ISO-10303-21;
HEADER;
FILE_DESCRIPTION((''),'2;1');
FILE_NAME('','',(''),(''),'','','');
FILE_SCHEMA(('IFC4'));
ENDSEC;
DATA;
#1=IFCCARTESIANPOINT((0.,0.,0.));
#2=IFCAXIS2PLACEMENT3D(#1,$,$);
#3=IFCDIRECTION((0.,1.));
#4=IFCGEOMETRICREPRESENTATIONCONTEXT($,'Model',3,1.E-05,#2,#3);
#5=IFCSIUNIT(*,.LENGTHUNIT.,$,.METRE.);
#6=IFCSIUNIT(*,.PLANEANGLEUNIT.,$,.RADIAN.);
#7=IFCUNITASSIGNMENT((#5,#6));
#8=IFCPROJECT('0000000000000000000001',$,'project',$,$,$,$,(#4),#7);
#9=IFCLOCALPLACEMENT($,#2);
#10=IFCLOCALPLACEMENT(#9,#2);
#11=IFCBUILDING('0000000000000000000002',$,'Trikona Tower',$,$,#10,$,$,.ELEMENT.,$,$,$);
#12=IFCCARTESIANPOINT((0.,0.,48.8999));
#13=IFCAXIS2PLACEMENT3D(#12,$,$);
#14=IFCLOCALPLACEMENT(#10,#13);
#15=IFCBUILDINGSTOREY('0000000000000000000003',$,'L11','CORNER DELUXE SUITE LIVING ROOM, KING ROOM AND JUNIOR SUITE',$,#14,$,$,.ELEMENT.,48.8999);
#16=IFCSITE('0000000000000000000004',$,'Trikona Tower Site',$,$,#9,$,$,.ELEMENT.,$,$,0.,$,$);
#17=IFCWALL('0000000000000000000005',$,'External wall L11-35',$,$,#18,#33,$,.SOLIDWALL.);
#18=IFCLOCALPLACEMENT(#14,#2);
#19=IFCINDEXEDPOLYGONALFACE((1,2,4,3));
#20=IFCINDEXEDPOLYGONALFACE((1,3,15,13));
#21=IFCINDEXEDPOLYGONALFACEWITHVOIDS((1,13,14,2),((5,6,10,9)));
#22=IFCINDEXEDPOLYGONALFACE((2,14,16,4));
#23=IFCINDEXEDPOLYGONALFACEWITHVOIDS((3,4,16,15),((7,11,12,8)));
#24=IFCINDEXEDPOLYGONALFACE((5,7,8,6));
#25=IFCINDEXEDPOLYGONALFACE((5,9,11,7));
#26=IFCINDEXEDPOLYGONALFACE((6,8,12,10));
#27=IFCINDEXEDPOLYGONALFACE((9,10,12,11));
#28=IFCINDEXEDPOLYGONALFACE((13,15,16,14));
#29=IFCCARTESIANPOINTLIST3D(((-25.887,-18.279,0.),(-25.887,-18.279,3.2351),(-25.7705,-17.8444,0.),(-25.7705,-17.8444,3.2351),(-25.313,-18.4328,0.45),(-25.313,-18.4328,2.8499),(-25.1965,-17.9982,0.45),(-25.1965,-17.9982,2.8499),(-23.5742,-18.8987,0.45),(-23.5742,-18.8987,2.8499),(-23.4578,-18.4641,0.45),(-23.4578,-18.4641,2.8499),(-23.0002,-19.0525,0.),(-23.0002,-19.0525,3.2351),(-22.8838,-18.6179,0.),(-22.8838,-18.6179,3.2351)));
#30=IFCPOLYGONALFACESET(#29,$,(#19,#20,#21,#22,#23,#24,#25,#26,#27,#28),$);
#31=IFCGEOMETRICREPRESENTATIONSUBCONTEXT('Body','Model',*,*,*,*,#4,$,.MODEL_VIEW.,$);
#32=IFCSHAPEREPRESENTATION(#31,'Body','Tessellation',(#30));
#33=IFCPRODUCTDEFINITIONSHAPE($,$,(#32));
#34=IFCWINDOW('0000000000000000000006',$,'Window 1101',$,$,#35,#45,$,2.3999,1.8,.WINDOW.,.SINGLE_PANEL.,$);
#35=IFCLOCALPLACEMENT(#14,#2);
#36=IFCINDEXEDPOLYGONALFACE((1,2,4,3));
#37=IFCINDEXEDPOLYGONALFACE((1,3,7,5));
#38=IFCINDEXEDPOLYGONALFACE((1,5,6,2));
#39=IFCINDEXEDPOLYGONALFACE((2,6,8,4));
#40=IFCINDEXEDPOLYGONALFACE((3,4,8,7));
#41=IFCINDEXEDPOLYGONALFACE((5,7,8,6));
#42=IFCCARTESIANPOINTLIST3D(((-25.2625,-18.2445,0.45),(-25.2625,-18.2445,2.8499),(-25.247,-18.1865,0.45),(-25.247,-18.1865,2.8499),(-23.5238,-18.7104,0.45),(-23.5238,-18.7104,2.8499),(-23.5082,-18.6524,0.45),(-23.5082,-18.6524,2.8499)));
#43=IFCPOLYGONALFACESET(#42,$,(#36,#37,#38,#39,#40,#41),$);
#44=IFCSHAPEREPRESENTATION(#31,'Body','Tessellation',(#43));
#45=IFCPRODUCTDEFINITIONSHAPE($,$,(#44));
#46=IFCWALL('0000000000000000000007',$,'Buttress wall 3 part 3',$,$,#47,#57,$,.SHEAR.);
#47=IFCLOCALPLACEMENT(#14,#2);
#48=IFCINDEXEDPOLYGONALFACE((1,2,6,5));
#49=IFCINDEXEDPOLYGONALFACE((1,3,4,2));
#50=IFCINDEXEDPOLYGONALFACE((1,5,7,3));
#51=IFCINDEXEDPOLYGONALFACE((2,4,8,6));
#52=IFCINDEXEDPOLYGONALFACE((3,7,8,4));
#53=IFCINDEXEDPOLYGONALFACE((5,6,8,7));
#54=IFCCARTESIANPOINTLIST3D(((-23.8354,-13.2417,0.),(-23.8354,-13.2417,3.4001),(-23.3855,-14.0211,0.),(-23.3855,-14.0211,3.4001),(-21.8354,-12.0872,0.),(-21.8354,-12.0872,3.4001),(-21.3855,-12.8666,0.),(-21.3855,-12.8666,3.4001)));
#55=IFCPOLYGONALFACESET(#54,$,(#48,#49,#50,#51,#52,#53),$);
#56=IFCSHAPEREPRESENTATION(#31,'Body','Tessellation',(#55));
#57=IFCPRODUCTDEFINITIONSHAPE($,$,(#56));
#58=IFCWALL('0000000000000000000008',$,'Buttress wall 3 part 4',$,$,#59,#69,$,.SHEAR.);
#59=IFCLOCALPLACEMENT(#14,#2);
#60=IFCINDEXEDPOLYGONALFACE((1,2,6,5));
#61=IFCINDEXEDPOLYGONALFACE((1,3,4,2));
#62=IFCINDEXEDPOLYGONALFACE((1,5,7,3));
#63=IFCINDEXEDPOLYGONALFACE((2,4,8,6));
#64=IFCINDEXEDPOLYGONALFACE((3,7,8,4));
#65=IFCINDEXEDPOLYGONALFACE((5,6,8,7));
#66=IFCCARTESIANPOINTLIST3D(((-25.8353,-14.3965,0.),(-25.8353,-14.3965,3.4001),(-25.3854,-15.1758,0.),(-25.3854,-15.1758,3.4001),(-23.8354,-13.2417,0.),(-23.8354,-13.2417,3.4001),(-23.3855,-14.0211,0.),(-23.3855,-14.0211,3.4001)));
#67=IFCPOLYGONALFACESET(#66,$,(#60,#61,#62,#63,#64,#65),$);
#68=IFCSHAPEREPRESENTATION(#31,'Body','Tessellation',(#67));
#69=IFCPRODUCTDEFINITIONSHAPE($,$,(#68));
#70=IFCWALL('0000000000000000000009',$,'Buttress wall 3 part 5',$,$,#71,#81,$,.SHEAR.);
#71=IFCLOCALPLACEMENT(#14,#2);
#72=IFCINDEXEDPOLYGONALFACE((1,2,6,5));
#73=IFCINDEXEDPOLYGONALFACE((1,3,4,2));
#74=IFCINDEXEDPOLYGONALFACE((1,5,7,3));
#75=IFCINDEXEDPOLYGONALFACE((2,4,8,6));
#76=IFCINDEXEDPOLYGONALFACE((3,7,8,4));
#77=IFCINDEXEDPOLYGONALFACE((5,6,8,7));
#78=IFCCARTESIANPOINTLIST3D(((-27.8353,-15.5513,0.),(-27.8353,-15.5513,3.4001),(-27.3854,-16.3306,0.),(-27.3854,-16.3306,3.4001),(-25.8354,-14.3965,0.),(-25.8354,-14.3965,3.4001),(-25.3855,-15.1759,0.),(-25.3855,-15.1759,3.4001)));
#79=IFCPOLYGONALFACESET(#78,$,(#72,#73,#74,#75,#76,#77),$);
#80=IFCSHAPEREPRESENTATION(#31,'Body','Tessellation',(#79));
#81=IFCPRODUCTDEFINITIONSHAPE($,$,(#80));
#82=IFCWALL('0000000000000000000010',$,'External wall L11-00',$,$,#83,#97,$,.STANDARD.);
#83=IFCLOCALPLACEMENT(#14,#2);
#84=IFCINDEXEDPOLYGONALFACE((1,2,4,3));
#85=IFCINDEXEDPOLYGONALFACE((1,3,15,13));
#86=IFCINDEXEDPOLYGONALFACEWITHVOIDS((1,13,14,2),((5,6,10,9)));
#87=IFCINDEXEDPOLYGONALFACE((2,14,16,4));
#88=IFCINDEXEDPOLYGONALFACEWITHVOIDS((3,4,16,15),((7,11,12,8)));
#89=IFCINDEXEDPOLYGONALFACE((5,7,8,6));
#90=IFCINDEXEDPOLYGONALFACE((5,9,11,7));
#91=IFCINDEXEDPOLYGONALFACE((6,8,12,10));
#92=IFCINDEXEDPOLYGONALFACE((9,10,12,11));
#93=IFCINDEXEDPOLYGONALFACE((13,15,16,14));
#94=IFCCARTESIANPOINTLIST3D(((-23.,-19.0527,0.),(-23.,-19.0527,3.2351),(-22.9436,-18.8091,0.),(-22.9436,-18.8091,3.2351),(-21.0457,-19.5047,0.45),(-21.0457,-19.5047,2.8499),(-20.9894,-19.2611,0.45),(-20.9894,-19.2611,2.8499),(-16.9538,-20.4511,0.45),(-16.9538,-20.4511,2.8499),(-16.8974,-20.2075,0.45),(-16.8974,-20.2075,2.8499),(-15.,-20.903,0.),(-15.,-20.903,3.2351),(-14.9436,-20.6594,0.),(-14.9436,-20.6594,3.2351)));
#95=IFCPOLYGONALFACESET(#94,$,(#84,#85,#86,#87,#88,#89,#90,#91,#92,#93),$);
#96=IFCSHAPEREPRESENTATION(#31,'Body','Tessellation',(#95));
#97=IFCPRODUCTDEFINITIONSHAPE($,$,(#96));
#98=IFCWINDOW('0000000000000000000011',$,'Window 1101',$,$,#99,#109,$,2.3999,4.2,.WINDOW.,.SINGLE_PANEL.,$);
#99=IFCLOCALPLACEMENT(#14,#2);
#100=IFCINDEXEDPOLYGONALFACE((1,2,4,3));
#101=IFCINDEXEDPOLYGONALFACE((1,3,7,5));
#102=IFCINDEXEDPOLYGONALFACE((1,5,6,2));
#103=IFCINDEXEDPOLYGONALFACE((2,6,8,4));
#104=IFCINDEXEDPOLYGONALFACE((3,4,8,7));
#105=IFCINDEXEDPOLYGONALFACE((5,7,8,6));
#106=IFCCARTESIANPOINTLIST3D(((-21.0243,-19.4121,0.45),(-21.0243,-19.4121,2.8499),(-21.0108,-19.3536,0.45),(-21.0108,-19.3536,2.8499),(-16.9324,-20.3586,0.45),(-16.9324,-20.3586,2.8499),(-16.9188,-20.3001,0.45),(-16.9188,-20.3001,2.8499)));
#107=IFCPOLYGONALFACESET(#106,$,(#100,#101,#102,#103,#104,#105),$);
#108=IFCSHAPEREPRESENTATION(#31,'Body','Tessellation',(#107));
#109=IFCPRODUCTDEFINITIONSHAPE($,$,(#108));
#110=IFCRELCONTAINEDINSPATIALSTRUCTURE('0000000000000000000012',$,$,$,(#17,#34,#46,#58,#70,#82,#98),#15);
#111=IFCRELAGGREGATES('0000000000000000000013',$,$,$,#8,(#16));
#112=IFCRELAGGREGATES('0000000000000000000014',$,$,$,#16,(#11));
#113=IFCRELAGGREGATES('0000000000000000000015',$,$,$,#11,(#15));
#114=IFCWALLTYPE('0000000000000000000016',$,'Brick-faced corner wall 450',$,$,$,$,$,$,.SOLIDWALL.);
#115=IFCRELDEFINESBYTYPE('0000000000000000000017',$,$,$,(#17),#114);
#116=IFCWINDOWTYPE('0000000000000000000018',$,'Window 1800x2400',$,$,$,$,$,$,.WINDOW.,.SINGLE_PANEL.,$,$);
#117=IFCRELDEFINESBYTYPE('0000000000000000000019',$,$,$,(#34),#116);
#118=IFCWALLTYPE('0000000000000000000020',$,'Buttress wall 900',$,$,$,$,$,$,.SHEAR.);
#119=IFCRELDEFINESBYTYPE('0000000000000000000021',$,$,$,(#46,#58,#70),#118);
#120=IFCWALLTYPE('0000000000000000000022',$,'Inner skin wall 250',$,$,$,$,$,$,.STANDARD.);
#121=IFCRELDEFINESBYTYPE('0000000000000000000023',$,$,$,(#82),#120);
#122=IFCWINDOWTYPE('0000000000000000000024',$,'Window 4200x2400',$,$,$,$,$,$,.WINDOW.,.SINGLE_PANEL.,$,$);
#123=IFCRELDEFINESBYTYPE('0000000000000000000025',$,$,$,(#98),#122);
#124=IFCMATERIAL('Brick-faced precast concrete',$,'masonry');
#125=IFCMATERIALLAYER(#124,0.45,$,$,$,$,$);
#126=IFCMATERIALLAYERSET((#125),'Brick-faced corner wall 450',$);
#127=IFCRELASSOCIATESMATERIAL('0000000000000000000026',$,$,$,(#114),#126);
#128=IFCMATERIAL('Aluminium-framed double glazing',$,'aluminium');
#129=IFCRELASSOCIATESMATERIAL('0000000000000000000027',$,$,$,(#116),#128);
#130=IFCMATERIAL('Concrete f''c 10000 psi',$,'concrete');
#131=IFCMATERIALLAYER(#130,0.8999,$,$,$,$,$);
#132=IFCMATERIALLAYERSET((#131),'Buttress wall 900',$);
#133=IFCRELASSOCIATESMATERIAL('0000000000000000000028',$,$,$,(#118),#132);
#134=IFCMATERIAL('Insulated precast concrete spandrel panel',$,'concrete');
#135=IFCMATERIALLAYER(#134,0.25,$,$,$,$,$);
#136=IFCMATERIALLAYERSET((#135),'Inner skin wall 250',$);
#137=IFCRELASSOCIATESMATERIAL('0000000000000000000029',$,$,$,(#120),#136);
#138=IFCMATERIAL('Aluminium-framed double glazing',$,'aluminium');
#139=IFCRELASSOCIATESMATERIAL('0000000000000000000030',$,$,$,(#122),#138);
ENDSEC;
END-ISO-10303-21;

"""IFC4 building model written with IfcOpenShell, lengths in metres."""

from ifc_helpers import new_model, si_unit, direction, frame, frame_2d, origin, place, context, subcontext, project, spatial, rectangle, extrude, material, layer, layer_set, type_object, element, fill, save


model = new_model("IFC4")

# Units and contexts
model_context = context("Model", 3, precision=1e-05, world=origin(), true_north=direction((0.0, 1.0)))
body_context = subcontext(model_context, "Body", "Model", "MODEL_VIEW")
ifc_project = project(units=[si_unit("LENGTHUNIT", "METRE"), si_unit("PLANEANGLEUNIT", "RADIAN")], contexts=[model_context])

# Site, building, storey
site_placement = place(None, origin())
site = spatial("IfcSite", under=ifc_project, at=site_placement, Name="Trikona Tower Site", CompositionType="ELEMENT", RefElevation=0.0)
building_placement = place(site_placement, origin())
building = spatial("IfcBuilding", under=site, at=building_placement, Name="Trikona Tower", CompositionType="ELEMENT")
storey_placement = place(building_placement, frame((0.0, 0.0, 48.8999)))
storey = spatial("IfcBuildingStorey", under=building, at=storey_placement, Name="L11", Description="CORNER DELUXE SUITE LIVING ROOM, KING ROOM AND JUNIOR SUITE", CompositionType="ELEMENT", Elevation=48.8999)

# Wall, opening, window
ifc_material_1 = material(Name="Brick-faced precast concrete", Category="masonry")
ifc_layer_1 = layer(ifc_material_1, 0.45)
ifc_layer_set_1 = layer_set([ifc_layer_1], Name="Brick-faced corner wall 450")
wall_type_1 = type_object("IfcWallType", Name="Brick-faced corner wall 450", PredefinedType="SOLIDWALL", material=ifc_layer_set_1)
wall_1_placement = place(storey_placement, frame((-25.8286, -18.0618, 0.0), z_axis=(0.0, 0.0, 1.0), x_axis=(0.965931, -0.258801, 0.0)))
wall_1 = element("IfcWall", 1, at=wall_1_placement, inside=storey, type_object=wall_type_1, Name="External wall L11-35", PredefinedType="SOLIDWALL", context=body_context, shape_type="SweptSolid", body=[
    extrude(rectangle(XDim=2.9885, YDim=0.45, at=frame_2d((1.4941, 0.0))), origin(), (0.0, 0.0, 1.0), 3.2351),
])
opening_1_placement = place(wall_1_placement, frame((0.5942, 0.0, 0.45)))
opening_1 = element("IfcOpeningElement", 2, at=opening_1_placement, cuts=wall_1, PredefinedType="OPENING", context=body_context, shape_type="SweptSolid", body=[
    extrude(rectangle(XDim=1.8, YDim=2.3999, at=frame_2d((0.8999, 1.2))), frame((0.0, 0.2349, 0.0), z_axis=(0.0, -1.0, 0.0), x_axis=(1.0, 0.0, 0.0)), (0.0, 0.0, 1.0), 0.47),
])
ifc_material_2 = material(Name="Aluminium-framed double glazing", Category="aluminium")
window_type_1 = type_object("IfcWindowType", Name="Window 1800x2400", PartitioningType="SINGLE_PANEL", PredefinedType="WINDOW", material=ifc_material_2)
window_1_placement = place(opening_1_placement, origin())
window_1 = element("IfcWindow", 3, at=window_1_placement, inside=storey, type_object=window_type_1, Name="Window 1101", OverallHeight=2.3999, OverallWidth=1.8, PartitioningType="SINGLE_PANEL", PredefinedType="WINDOW", context=body_context, shape_type="SweptSolid", body=[
    extrude(rectangle(XDim=1.8, YDim=2.3999, at=frame_2d((0.8999, 1.2))), frame((0.0, 0.03, 0.0), z_axis=(0.0, -1.0, 0.0), x_axis=(1.0, 0.0, 0.0)), (0.0, 0.0, 1.0), 0.0601),
])
fill(opening_1, window_1)

# Walls
ifc_material_3 = material(Name="Concrete f'c 10000 psi", Category="concrete")
ifc_layer_2 = layer(ifc_material_3, 0.8999)
ifc_layer_set_2 = layer_set([ifc_layer_2], Name="Buttress wall 900")
wall_type_2 = type_object("IfcWallType", Name="Buttress wall 900", PredefinedType="SHEAR", material=ifc_layer_set_2)
for number, where, z_axis, x_axis, name in (
    (4, (-21.6104, -12.4768, 0.0), (0.0, 0.0, 1.0), (-0.866055, -0.499948, 0.0), "Buttress wall 3 part 3"),
    (5, (-23.6104, -13.6313, 0.0), (0.0, 0.0, 1.0), (-0.86601, -0.500027, 0.0), "Buttress wall 3 part 4"),
    (6, (-25.6104, -14.7861, 0.0), (0.0, 0.0, 1.0), (-0.86601, -0.500027, 0.0), "Buttress wall 3 part 5"),
):
    element("IfcWall", number, at=place(storey_placement, frame(where, z_axis=z_axis, x_axis=x_axis)), inside=storey, type_object=wall_type_2, Name=name, PredefinedType="SHEAR", context=body_context, shape_type="SweptSolid", body=[
        extrude(rectangle(XDim=2.3093, YDim=0.8999, at=frame_2d((1.1548, 0.0))), origin(), (0.0, 0.0, 1.0), 3.4001),
    ])

# Wall, opening, window
ifc_material_4 = material(Name="Insulated precast concrete spandrel panel", Category="concrete")
ifc_layer_3 = layer(ifc_material_4, 0.25)
ifc_layer_set_3 = layer_set([ifc_layer_3], Name="Inner skin wall 250")
wall_type_3 = type_object("IfcWallType", Name="Inner skin wall 250", PredefinedType="STANDARD", material=ifc_layer_set_3)
wall_2_placement = place(storey_placement, frame((-22.9717, -18.9309, 0.0), z_axis=(0.0, 0.0, 1.0), x_axis=(0.974279, -0.225344, 0.0)))
wall_2 = element("IfcWall", 7, at=wall_2_placement, inside=storey, type_object=wall_type_3, Name="External wall L11-00", PredefinedType="STANDARD", context=body_context, shape_type="SweptSolid", body=[
    extrude(rectangle(XDim=8.2112, YDim=0.25, at=frame_2d((4.1055, 0.0))), origin(), (0.0, 0.0, 1.0), 3.2351),
])
opening_2_placement = place(wall_2_placement, frame((2.0056, 0.0, 0.45)))
opening_2 = element("IfcOpeningElement", 8, at=opening_2_placement, cuts=wall_2, PredefinedType="OPENING", context=body_context, shape_type="SweptSolid", body=[
    extrude(rectangle(XDim=4.2, YDim=2.3999, at=frame_2d((2.1001, 1.2))), frame((0.0, 0.135, 0.0), z_axis=(0.0, -1.0, 0.0), x_axis=(1.0, 0.0, 0.0)), (0.0, 0.0, 1.0), 0.27),
])
ifc_material_5 = material(Name="Aluminium-framed double glazing", Category="aluminium")
window_type_2 = type_object("IfcWindowType", Name="Window 4200x2400", PartitioningType="SINGLE_PANEL", PredefinedType="WINDOW", material=ifc_material_5)
window_2_placement = place(opening_2_placement, origin())
window_2 = element("IfcWindow", 9, at=window_2_placement, inside=storey, type_object=window_type_2, Name="Window 1101", OverallHeight=2.3999, OverallWidth=4.2, PartitioningType="SINGLE_PANEL", PredefinedType="WINDOW", context=body_context, shape_type="SweptSolid", body=[
    extrude(rectangle(XDim=4.2, YDim=2.3999, at=frame_2d((2.1001, 1.2))), frame((0.0, 0.03, 0.0), z_axis=(0.0, -1.0, 0.0), x_axis=(1.0, 0.0, 0.0)), (0.0, 0.0, 1.0), 0.0601),
])
fill(opening_2, window_2)

save(model, "model.ifc")
